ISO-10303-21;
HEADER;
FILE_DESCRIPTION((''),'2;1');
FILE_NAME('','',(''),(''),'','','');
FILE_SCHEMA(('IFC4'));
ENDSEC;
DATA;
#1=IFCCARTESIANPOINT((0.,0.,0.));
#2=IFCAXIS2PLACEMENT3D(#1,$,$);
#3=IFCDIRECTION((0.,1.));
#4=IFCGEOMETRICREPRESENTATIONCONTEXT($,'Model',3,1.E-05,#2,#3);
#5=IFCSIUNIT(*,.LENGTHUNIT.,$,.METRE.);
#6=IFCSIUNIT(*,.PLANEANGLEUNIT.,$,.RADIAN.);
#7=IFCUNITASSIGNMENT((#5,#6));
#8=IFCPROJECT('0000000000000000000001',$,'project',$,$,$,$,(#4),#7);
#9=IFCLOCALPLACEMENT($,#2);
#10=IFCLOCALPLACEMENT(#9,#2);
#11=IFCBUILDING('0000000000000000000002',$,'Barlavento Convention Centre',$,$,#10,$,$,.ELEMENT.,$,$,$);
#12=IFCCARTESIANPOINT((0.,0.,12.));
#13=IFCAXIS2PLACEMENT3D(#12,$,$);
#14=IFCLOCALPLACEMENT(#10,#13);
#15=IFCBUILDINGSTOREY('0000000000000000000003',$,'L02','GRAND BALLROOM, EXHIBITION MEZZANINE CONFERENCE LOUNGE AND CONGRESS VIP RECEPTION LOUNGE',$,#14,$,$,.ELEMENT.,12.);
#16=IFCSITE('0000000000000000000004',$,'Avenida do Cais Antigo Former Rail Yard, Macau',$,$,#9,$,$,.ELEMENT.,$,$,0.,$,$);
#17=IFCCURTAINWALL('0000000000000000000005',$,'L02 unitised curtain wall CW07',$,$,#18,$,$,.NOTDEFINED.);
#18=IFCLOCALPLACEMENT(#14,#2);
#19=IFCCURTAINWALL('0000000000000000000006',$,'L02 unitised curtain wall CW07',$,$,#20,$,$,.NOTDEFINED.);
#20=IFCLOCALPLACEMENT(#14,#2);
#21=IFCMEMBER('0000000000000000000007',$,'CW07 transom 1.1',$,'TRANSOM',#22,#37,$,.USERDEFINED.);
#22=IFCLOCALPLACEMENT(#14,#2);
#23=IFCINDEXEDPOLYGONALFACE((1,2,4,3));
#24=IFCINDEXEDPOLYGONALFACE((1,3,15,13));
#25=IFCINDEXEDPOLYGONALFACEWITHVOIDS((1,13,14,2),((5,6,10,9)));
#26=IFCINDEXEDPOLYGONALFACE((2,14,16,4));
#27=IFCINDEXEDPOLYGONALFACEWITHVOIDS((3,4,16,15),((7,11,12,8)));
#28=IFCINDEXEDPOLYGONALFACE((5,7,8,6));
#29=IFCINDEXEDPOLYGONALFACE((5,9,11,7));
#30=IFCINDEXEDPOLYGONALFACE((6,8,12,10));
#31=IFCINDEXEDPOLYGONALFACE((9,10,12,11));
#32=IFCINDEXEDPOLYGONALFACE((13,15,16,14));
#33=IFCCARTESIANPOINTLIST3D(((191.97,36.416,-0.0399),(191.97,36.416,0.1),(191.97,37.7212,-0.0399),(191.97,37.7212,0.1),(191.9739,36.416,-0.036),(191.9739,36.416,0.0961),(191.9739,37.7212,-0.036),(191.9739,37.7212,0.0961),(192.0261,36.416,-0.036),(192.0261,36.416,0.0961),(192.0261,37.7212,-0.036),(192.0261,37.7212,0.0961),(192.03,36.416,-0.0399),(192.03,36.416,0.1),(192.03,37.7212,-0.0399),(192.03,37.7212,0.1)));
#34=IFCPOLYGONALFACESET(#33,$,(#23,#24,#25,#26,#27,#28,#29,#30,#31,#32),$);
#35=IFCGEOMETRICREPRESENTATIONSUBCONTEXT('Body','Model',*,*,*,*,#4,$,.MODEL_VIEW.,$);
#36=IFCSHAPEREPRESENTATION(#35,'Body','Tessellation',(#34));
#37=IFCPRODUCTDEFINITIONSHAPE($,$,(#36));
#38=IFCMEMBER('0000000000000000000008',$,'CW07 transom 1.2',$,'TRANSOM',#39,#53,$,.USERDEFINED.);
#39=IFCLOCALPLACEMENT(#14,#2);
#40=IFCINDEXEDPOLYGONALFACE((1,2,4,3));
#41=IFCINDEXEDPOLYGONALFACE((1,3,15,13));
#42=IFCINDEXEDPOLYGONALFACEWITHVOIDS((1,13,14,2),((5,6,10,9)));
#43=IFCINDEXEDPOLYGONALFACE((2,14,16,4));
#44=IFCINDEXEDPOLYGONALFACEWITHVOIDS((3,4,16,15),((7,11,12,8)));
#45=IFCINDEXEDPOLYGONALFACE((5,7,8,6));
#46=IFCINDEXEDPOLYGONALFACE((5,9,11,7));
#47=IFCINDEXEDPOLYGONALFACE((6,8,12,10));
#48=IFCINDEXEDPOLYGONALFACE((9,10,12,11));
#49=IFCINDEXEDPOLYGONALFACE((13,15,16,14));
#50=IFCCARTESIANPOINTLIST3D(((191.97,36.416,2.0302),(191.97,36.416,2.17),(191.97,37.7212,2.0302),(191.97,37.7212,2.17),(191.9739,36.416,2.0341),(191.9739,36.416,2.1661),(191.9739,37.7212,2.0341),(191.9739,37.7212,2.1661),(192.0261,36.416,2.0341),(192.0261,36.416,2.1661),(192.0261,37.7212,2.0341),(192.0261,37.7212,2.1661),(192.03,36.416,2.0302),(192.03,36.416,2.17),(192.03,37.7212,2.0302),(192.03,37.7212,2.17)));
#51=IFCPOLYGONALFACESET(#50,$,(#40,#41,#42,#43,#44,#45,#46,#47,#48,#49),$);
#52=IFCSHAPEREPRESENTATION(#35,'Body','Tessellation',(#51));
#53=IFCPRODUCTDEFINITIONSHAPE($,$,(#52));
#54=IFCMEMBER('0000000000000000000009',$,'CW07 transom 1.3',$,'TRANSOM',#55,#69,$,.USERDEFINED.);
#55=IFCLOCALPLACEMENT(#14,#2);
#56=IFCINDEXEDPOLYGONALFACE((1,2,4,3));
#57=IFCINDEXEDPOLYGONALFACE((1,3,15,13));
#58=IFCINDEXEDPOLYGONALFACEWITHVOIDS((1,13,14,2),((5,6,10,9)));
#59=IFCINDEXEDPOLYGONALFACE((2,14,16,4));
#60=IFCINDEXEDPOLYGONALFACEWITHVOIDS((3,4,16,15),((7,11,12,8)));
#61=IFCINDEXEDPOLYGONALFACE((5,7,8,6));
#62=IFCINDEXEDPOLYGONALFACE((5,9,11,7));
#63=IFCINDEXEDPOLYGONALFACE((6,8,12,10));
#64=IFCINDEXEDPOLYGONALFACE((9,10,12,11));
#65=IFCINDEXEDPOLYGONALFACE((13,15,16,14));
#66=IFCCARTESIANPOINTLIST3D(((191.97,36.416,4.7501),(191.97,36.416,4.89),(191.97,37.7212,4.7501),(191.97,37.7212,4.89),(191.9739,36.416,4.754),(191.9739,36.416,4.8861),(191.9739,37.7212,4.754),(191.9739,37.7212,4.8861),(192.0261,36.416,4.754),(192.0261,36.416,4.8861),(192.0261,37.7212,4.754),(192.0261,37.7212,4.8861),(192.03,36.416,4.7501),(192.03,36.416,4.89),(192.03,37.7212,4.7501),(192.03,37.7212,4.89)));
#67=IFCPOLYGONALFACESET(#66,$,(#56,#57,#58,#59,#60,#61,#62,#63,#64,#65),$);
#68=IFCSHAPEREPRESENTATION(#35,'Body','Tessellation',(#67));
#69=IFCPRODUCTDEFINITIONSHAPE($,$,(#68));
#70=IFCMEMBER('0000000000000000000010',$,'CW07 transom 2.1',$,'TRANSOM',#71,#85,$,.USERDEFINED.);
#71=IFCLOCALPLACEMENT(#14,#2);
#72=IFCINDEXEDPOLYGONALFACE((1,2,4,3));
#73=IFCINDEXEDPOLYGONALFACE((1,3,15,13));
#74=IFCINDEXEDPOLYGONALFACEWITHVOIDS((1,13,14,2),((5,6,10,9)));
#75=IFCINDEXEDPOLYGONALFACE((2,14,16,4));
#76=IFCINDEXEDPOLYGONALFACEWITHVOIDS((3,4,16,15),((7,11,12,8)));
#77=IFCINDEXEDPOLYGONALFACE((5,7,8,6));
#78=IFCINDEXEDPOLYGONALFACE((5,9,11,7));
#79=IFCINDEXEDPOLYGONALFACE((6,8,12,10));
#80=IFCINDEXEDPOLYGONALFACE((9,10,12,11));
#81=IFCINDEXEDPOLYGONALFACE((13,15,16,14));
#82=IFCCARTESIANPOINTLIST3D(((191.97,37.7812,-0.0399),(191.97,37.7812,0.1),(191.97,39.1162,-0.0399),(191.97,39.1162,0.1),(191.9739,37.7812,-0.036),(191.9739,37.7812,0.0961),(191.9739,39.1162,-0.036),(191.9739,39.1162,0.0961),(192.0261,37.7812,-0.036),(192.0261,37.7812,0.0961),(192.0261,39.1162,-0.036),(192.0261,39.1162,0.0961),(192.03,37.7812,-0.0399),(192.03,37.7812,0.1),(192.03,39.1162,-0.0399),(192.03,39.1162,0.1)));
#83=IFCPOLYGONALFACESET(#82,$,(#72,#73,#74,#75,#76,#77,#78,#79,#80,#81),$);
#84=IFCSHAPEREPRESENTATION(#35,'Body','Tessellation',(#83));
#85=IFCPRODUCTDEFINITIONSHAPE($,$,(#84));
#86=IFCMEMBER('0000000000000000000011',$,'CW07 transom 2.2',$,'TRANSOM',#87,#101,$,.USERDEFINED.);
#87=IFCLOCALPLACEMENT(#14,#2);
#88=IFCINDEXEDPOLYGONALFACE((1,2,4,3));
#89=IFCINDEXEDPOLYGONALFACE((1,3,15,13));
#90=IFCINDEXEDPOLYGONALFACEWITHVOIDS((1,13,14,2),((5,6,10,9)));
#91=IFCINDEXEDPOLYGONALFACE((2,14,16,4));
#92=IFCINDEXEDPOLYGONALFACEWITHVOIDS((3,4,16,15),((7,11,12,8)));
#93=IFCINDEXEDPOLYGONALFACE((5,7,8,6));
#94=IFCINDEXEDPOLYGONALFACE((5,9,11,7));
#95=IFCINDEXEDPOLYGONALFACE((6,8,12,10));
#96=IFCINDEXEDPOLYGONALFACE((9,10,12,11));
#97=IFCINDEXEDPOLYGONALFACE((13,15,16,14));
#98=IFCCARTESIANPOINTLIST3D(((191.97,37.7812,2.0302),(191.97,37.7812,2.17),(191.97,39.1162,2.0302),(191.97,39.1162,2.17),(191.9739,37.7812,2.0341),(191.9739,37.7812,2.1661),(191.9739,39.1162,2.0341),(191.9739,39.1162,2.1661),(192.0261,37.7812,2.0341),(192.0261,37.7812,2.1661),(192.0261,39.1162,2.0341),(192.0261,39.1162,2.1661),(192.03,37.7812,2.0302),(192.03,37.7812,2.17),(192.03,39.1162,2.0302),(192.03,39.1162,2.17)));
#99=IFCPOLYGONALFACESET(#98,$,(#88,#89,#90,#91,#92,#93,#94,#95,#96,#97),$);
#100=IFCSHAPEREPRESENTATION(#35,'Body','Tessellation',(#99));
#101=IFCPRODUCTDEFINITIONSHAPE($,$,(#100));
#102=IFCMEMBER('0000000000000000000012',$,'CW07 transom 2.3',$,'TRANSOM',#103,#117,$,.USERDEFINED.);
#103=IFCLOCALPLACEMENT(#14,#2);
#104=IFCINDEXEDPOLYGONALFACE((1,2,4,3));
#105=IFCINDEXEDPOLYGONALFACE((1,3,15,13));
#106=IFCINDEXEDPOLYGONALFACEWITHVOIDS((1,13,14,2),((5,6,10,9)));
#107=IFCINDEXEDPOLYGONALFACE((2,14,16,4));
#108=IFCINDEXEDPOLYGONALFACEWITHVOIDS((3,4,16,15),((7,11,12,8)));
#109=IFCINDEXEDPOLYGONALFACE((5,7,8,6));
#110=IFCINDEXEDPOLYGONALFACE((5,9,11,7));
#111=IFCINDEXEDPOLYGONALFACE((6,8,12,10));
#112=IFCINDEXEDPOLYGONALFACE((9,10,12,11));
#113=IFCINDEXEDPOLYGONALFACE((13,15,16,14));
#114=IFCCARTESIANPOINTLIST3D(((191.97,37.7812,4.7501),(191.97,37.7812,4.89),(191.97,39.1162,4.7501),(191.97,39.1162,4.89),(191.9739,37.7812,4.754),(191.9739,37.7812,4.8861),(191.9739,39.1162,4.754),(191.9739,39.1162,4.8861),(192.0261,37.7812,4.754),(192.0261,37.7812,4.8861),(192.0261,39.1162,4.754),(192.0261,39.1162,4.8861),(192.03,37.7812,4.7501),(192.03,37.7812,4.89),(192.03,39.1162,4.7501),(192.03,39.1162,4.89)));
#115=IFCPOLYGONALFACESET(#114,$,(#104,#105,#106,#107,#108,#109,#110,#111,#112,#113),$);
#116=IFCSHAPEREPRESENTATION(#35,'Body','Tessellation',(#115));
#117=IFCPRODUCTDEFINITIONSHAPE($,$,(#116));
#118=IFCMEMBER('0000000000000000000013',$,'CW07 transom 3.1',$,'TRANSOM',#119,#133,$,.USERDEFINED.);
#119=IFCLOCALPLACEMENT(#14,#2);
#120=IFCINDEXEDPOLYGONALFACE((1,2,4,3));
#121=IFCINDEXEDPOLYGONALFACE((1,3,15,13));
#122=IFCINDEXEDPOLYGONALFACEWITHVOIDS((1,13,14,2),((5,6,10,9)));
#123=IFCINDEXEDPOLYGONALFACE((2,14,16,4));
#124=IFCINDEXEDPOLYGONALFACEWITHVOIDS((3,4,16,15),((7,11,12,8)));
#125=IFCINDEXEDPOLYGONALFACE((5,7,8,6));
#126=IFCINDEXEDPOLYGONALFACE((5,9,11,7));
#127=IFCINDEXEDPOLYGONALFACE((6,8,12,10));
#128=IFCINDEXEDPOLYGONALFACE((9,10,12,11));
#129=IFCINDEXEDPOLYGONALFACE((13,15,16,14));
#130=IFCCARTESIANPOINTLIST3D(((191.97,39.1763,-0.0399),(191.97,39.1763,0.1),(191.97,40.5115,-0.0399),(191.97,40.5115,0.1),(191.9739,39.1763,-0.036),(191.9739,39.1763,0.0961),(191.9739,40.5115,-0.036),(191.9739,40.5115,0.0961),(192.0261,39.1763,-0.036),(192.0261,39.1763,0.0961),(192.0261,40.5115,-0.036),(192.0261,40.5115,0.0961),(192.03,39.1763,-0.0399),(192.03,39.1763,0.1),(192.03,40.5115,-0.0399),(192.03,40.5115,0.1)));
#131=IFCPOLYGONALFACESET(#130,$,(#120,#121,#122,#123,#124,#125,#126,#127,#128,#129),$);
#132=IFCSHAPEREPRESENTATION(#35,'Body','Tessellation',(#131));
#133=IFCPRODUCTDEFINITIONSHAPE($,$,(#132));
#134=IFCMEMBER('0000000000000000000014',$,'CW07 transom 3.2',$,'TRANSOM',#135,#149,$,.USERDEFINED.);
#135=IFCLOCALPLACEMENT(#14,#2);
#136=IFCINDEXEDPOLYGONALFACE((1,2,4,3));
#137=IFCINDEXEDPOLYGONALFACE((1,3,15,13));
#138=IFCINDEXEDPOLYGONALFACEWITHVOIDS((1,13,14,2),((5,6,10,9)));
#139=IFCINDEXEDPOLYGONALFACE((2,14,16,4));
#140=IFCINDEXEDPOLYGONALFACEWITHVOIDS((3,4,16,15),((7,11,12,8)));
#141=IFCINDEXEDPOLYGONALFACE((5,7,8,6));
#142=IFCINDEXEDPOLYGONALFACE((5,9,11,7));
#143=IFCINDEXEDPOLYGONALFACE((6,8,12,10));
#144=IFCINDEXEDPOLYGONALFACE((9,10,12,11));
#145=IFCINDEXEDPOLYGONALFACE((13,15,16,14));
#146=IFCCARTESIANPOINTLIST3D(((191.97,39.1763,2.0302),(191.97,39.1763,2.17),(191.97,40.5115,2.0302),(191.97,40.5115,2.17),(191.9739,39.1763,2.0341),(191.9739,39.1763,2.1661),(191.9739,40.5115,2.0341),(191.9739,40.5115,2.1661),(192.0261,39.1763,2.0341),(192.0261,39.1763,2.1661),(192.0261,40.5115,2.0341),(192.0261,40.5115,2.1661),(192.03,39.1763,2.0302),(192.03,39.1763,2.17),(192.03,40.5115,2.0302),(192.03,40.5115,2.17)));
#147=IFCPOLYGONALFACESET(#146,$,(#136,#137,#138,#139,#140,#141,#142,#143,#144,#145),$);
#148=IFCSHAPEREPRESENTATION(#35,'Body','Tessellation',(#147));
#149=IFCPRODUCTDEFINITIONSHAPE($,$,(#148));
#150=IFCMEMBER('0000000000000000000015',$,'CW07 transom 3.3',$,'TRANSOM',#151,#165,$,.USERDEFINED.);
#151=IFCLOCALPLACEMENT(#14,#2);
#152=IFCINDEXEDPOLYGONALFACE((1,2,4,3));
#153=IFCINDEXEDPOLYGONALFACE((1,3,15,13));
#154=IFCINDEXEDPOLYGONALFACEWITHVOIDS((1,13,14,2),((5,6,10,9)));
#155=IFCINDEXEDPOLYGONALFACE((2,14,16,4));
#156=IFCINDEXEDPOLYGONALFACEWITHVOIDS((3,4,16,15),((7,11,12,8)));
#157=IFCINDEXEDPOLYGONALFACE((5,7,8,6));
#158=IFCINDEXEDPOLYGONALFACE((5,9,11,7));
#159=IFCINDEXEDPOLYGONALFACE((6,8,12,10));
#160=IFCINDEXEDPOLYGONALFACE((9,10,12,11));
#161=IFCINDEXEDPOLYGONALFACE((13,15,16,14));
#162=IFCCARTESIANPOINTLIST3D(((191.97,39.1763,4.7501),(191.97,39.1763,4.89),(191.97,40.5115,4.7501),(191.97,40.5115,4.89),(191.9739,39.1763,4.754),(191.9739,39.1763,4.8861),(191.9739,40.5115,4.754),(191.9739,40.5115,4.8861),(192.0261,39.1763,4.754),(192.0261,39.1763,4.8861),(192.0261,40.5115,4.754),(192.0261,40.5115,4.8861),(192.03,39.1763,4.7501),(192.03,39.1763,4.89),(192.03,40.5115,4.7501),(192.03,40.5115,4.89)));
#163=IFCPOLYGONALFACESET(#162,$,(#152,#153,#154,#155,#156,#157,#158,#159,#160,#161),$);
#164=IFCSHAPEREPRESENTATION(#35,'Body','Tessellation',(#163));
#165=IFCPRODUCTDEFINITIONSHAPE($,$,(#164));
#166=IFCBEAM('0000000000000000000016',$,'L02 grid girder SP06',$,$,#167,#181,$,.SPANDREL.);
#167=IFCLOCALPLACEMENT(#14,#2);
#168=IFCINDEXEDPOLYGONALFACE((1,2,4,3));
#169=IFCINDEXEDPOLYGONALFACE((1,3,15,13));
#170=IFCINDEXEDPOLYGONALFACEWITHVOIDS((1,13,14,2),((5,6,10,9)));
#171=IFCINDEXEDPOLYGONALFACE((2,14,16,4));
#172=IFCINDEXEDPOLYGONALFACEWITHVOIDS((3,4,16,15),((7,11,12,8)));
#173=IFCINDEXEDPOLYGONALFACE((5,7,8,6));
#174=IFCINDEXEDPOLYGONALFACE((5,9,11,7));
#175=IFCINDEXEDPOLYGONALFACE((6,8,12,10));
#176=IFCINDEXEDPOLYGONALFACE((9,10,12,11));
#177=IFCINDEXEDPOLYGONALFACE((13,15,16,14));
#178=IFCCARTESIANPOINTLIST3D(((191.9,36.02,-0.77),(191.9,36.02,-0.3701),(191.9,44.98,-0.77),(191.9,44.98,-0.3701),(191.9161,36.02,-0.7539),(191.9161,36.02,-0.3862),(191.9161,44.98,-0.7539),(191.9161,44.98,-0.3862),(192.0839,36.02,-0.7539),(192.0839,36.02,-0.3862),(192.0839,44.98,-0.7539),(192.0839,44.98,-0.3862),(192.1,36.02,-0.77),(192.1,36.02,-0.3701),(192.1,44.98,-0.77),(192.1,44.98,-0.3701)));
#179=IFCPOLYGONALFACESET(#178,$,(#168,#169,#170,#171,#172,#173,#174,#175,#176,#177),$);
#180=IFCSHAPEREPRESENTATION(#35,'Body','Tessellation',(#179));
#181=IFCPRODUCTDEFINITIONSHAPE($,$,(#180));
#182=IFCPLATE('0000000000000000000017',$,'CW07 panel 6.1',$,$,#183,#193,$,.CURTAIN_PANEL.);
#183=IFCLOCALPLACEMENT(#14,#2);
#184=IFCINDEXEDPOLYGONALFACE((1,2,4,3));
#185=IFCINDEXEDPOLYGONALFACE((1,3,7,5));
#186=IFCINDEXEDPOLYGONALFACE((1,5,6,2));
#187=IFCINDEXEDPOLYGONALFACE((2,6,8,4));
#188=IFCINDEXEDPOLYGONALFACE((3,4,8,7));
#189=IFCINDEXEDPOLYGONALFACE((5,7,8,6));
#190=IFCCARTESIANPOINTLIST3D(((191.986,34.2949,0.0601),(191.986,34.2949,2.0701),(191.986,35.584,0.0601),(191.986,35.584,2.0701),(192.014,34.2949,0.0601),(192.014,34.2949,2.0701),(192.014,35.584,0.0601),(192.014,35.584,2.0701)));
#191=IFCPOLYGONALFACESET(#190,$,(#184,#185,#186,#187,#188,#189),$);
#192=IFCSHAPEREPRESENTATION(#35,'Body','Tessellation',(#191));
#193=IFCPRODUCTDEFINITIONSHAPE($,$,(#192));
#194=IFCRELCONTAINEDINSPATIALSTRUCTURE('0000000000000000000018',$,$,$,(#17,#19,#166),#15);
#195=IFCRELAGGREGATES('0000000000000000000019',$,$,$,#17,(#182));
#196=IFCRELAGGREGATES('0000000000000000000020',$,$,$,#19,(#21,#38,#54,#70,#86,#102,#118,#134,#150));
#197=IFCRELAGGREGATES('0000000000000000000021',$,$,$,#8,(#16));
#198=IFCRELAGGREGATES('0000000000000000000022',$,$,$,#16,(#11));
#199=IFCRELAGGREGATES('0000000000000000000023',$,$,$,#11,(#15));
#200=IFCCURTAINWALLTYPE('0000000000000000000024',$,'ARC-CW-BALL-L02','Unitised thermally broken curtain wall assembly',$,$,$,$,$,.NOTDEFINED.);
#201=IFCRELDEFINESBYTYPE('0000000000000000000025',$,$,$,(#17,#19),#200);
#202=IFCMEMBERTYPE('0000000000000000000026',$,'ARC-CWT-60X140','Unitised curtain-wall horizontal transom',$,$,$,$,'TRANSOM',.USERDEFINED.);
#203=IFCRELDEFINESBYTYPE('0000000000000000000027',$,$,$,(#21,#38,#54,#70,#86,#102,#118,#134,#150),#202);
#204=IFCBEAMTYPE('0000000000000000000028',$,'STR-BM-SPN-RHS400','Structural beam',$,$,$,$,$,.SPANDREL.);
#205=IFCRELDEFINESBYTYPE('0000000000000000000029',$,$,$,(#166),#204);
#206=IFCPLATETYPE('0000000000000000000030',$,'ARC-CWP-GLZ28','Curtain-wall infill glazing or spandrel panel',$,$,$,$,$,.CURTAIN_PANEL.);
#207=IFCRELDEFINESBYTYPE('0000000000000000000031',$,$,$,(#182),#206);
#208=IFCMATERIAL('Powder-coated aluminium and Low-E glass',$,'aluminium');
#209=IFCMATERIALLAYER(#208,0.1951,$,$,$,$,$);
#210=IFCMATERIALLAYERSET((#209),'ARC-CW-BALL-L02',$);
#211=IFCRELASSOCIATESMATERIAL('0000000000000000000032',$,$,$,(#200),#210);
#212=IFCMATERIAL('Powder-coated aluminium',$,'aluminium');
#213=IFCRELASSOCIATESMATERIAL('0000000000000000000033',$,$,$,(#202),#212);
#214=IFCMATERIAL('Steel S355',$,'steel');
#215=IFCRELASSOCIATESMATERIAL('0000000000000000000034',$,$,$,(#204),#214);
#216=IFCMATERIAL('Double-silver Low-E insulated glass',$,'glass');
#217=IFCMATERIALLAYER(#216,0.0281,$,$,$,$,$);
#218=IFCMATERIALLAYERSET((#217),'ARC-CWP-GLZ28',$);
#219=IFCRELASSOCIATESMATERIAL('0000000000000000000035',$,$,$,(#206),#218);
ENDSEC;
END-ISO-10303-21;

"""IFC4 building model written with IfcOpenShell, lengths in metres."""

from ifc_helpers import new_model, si_unit, direction, frame, origin, origin_2d, place, context, subcontext, project, spatial, rectangle, hollow_rectangle, extrude, material, layer, layer_set, material_profile, profile_set, type_object, element, aggregate, save


model = new_model("IFC4")

# Units and contexts
model_context = context("Model", 3, precision=1e-05, world=origin(), true_north=direction((0.0, 1.0)))
body_context = subcontext(model_context, "Body", "Model", "MODEL_VIEW")
ifc_project = project(units=[si_unit("LENGTHUNIT", "METRE"), si_unit("PLANEANGLEUNIT", "RADIAN")], contexts=[model_context])

# Site, building, storey
site_placement = place(None, origin())
site = spatial("IfcSite", under=ifc_project, at=site_placement, Name="Avenida do Cais Antigo Former Rail Yard, Macau", CompositionType="ELEMENT", RefElevation=0.0)
building_placement = place(site_placement, origin())
building = spatial("IfcBuilding", under=site, at=building_placement, Name="Barlavento Convention Centre", CompositionType="ELEMENT")
storey_placement = place(building_placement, frame((0.0, 0.0, 12.0)))
storey = spatial("IfcBuildingStorey", under=building, at=storey_placement, Name="L02", Description="GRAND BALLROOM, EXHIBITION MEZZANINE CONFERENCE LOUNGE AND CONGRESS VIP RECEPTION LOUNGE", CompositionType="ELEMENT", Elevation=12.0)

# Shared definitions
ifc_material_1 = material(Name="Steel S355", Category="steel")

# Curtain walls
ifc_material_2 = material(Name="Powder-coated aluminium and Low-E glass", Category="aluminium")
ifc_layer_1 = layer(ifc_material_2, 0.1951)
ifc_layer_set_1 = layer_set([ifc_layer_1], Name="ARC-CW-BALL-L02")
curtain_wall_type = type_object("IfcCurtainWallType", Name="ARC-CW-BALL-L02", Description="Unitised thermally broken curtain wall assembly", PredefinedType="NOTDEFINED", material=ifc_layer_set_1)
curtain_wall_1_placement = place(storey_placement, origin())
curtain_wall_1 = element("IfcCurtainWall", 1, at=curtain_wall_1_placement, inside=storey, type_object=curtain_wall_type, Name="L02 unitised curtain wall CW07", PredefinedType="NOTDEFINED")
ifc_material_3 = material(Name="Powder-coated aluminium", Category="aluminium")
curtain_wall_2_placement = place(storey_placement, origin())
curtain_wall_2 = element("IfcCurtainWall", 2, at=curtain_wall_2_placement, inside=storey, type_object=curtain_wall_type, Name="L02 unitised curtain wall CW07", PredefinedType="NOTDEFINED")

# Members
ifc_material_profile_1 = material_profile(ifc_material_3, hollow_rectangle(XDim=0.0601, YDim=0.1399, WallThickness=0.0039, at=origin_2d()), Name="AL-TRAN 60x140x4")
ifc_profile_set_1 = profile_set([ifc_material_profile_1], Name="Powder-coated aluminium")
member_type_1 = type_object("IfcMemberType", Name="ARC-CWT-60X140", Description="Unitised curtain-wall horizontal transom", ElementType="TRANSOM", PredefinedType="USERDEFINED", material=ifc_profile_set_1)
member_1_placement = place(storey_placement, frame((192.0, 36.416, 0.03), z_axis=(0.0, 1.0, 0.0), x_axis=(-1.0, 0.0, 0.0)))
member_1 = element("IfcMember", 3, at=member_1_placement, type_object=member_type_1, Name="CW07 transom 1.1", ObjectType="TRANSOM", PredefinedType="USERDEFINED", context=body_context, shape_type="SweptSolid", body=[
    extrude(hollow_rectangle(XDim=0.0601, YDim=0.1399, WallThickness=0.0039, at=origin_2d()), origin(), (0.0, 0.0, 1.0), 1.3052),
])
member_2_placement = place(storey_placement, frame((192.0, 36.416, 2.1001), z_axis=(0.0, 1.0, 0.0), x_axis=(-1.0, 0.0, 0.0)))
member_2 = element("IfcMember", 4, at=member_2_placement, type_object=member_type_1, Name="CW07 transom 1.2", ObjectType="TRANSOM", PredefinedType="USERDEFINED", context=body_context, shape_type="SweptSolid", body=[
    extrude(hollow_rectangle(XDim=0.0601, YDim=0.1399, WallThickness=0.0039, at=origin_2d()), origin(), (0.0, 0.0, 1.0), 1.3052),
])
member_3_placement = place(storey_placement, frame((192.0, 36.416, 4.8201), z_axis=(0.0, 1.0, 0.0), x_axis=(-1.0, 0.0, 0.0)))
member_3 = element("IfcMember", 5, at=member_3_placement, type_object=member_type_1, Name="CW07 transom 1.3", ObjectType="TRANSOM", PredefinedType="USERDEFINED", context=body_context, shape_type="SweptSolid", body=[
    extrude(hollow_rectangle(XDim=0.0601, YDim=0.1399, WallThickness=0.0039, at=origin_2d()), origin(), (0.0, 0.0, 1.0), 1.3052),
])
member_4_placement = place(storey_placement, frame((192.0, 37.7812, 0.03), z_axis=(0.0, 1.0, 0.0), x_axis=(-1.0, 0.0, 0.0)))
member_4 = element("IfcMember", 6, at=member_4_placement, type_object=member_type_1, Name="CW07 transom 2.1", ObjectType="TRANSOM", PredefinedType="USERDEFINED", context=body_context, shape_type="SweptSolid", body=[
    extrude(hollow_rectangle(XDim=0.0601, YDim=0.1399, WallThickness=0.0039, at=origin_2d()), origin(), (0.0, 0.0, 1.0), 1.335),
])
member_5_placement = place(storey_placement, frame((192.0, 37.7812, 2.1001), z_axis=(0.0, 1.0, 0.0), x_axis=(-1.0, 0.0, 0.0)))
member_5 = element("IfcMember", 7, at=member_5_placement, type_object=member_type_1, Name="CW07 transom 2.2", ObjectType="TRANSOM", PredefinedType="USERDEFINED", context=body_context, shape_type="SweptSolid", body=[
    extrude(hollow_rectangle(XDim=0.0601, YDim=0.1399, WallThickness=0.0039, at=origin_2d()), origin(), (0.0, 0.0, 1.0), 1.335),
])
member_6_placement = place(storey_placement, frame((192.0, 37.7812, 4.8201), z_axis=(0.0, 1.0, 0.0), x_axis=(-1.0, 0.0, 0.0)))
member_6 = element("IfcMember", 8, at=member_6_placement, type_object=member_type_1, Name="CW07 transom 2.3", ObjectType="TRANSOM", PredefinedType="USERDEFINED", context=body_context, shape_type="SweptSolid", body=[
    extrude(hollow_rectangle(XDim=0.0601, YDim=0.1399, WallThickness=0.0039, at=origin_2d()), origin(), (0.0, 0.0, 1.0), 1.335),
])
member_7_placement = place(storey_placement, frame((192.0, 39.1763, 0.03), z_axis=(0.0, 1.0, 0.0), x_axis=(-1.0, 0.0, 0.0)))
member_7 = element("IfcMember", 9, at=member_7_placement, type_object=member_type_1, Name="CW07 transom 3.1", ObjectType="TRANSOM", PredefinedType="USERDEFINED", context=body_context, shape_type="SweptSolid", body=[
    extrude(hollow_rectangle(XDim=0.0601, YDim=0.1399, WallThickness=0.0039, at=origin_2d()), origin(), (0.0, 0.0, 1.0), 1.3352),
])
member_8_placement = place(storey_placement, frame((192.0, 39.1763, 2.1001), z_axis=(0.0, 1.0, 0.0), x_axis=(-1.0, 0.0, 0.0)))
member_8 = element("IfcMember", 10, at=member_8_placement, type_object=member_type_1, Name="CW07 transom 3.2", ObjectType="TRANSOM", PredefinedType="USERDEFINED", context=body_context, shape_type="SweptSolid", body=[
    extrude(hollow_rectangle(XDim=0.0601, YDim=0.1399, WallThickness=0.0039, at=origin_2d()), origin(), (0.0, 0.0, 1.0), 1.3352),
])
member_9_placement = place(storey_placement, frame((192.0, 39.1763, 4.8201), z_axis=(0.0, 1.0, 0.0), x_axis=(-1.0, 0.0, 0.0)))
member_9 = element("IfcMember", 11, at=member_9_placement, type_object=member_type_1, Name="CW07 transom 3.3", ObjectType="TRANSOM", PredefinedType="USERDEFINED", context=body_context, shape_type="SweptSolid", body=[
    extrude(hollow_rectangle(XDim=0.0601, YDim=0.1399, WallThickness=0.0039, at=origin_2d()), origin(), (0.0, 0.0, 1.0), 1.3352),
])

# Beam
ifc_material_profile_2 = material_profile(ifc_material_1, hollow_rectangle(XDim=0.2, YDim=0.3999, WallThickness=0.0161, at=origin_2d()), Name="RHS 400x200x16.0")
ifc_profile_set_2 = profile_set([ifc_material_profile_2], Name="Steel S355")
beam_type = type_object("IfcBeamType", Name="STR-BM-SPN-RHS400", Description="Structural beam", PredefinedType="SPANDREL", material=ifc_profile_set_2)
beam_placement = place(storey_placement, frame((192.0, 36.02, -0.5701), z_axis=(0.0, 1.0, 0.0), x_axis=(-1.0, 0.0, 0.0)))
element("IfcBeam", 12, at=beam_placement, inside=storey, type_object=beam_type, Name="L02 grid girder SP06", PredefinedType="SPANDREL", context=body_context, shape_type="SweptSolid", body=[
    extrude(hollow_rectangle(XDim=0.2, YDim=0.3999, WallThickness=0.0161, at=origin_2d()), origin(), (0.0, 0.0, 1.0), 8.96),
])

# Plate
ifc_material_4 = material(Name="Double-silver Low-E insulated glass", Category="glass")
ifc_layer_2 = layer(ifc_material_4, 0.0281)
ifc_layer_set_2 = layer_set([ifc_layer_2], Name="ARC-CWP-GLZ28")
plate_type = type_object("IfcPlateType", Name="ARC-CWP-GLZ28", Description="Curtain-wall infill glazing or spandrel panel", PredefinedType="CURTAIN_PANEL", material=ifc_layer_set_2)
plate_1_placement = place(storey_placement, frame((192.0, 34.9395, 0.0601), z_axis=(0.0, 0.0, 1.0), x_axis=(0.0, 1.0, 0.0)))
plate_1 = element("IfcPlate", 13, at=plate_1_placement, type_object=plate_type, Name="CW07 panel 6.1", PredefinedType="CURTAIN_PANEL", context=body_context, shape_type="SweptSolid", body=[
    extrude(rectangle(XDim=1.2891, YDim=0.0281, at=origin_2d()), origin(), (0.0, 0.0, 1.0), 2.01),
])
aggregate(curtain_wall_1, [plate_1])
aggregate(curtain_wall_2, [member_1, member_2, member_3, member_4, member_5, member_6, member_7, member_8, member_9])

save(model, "model.ifc")
